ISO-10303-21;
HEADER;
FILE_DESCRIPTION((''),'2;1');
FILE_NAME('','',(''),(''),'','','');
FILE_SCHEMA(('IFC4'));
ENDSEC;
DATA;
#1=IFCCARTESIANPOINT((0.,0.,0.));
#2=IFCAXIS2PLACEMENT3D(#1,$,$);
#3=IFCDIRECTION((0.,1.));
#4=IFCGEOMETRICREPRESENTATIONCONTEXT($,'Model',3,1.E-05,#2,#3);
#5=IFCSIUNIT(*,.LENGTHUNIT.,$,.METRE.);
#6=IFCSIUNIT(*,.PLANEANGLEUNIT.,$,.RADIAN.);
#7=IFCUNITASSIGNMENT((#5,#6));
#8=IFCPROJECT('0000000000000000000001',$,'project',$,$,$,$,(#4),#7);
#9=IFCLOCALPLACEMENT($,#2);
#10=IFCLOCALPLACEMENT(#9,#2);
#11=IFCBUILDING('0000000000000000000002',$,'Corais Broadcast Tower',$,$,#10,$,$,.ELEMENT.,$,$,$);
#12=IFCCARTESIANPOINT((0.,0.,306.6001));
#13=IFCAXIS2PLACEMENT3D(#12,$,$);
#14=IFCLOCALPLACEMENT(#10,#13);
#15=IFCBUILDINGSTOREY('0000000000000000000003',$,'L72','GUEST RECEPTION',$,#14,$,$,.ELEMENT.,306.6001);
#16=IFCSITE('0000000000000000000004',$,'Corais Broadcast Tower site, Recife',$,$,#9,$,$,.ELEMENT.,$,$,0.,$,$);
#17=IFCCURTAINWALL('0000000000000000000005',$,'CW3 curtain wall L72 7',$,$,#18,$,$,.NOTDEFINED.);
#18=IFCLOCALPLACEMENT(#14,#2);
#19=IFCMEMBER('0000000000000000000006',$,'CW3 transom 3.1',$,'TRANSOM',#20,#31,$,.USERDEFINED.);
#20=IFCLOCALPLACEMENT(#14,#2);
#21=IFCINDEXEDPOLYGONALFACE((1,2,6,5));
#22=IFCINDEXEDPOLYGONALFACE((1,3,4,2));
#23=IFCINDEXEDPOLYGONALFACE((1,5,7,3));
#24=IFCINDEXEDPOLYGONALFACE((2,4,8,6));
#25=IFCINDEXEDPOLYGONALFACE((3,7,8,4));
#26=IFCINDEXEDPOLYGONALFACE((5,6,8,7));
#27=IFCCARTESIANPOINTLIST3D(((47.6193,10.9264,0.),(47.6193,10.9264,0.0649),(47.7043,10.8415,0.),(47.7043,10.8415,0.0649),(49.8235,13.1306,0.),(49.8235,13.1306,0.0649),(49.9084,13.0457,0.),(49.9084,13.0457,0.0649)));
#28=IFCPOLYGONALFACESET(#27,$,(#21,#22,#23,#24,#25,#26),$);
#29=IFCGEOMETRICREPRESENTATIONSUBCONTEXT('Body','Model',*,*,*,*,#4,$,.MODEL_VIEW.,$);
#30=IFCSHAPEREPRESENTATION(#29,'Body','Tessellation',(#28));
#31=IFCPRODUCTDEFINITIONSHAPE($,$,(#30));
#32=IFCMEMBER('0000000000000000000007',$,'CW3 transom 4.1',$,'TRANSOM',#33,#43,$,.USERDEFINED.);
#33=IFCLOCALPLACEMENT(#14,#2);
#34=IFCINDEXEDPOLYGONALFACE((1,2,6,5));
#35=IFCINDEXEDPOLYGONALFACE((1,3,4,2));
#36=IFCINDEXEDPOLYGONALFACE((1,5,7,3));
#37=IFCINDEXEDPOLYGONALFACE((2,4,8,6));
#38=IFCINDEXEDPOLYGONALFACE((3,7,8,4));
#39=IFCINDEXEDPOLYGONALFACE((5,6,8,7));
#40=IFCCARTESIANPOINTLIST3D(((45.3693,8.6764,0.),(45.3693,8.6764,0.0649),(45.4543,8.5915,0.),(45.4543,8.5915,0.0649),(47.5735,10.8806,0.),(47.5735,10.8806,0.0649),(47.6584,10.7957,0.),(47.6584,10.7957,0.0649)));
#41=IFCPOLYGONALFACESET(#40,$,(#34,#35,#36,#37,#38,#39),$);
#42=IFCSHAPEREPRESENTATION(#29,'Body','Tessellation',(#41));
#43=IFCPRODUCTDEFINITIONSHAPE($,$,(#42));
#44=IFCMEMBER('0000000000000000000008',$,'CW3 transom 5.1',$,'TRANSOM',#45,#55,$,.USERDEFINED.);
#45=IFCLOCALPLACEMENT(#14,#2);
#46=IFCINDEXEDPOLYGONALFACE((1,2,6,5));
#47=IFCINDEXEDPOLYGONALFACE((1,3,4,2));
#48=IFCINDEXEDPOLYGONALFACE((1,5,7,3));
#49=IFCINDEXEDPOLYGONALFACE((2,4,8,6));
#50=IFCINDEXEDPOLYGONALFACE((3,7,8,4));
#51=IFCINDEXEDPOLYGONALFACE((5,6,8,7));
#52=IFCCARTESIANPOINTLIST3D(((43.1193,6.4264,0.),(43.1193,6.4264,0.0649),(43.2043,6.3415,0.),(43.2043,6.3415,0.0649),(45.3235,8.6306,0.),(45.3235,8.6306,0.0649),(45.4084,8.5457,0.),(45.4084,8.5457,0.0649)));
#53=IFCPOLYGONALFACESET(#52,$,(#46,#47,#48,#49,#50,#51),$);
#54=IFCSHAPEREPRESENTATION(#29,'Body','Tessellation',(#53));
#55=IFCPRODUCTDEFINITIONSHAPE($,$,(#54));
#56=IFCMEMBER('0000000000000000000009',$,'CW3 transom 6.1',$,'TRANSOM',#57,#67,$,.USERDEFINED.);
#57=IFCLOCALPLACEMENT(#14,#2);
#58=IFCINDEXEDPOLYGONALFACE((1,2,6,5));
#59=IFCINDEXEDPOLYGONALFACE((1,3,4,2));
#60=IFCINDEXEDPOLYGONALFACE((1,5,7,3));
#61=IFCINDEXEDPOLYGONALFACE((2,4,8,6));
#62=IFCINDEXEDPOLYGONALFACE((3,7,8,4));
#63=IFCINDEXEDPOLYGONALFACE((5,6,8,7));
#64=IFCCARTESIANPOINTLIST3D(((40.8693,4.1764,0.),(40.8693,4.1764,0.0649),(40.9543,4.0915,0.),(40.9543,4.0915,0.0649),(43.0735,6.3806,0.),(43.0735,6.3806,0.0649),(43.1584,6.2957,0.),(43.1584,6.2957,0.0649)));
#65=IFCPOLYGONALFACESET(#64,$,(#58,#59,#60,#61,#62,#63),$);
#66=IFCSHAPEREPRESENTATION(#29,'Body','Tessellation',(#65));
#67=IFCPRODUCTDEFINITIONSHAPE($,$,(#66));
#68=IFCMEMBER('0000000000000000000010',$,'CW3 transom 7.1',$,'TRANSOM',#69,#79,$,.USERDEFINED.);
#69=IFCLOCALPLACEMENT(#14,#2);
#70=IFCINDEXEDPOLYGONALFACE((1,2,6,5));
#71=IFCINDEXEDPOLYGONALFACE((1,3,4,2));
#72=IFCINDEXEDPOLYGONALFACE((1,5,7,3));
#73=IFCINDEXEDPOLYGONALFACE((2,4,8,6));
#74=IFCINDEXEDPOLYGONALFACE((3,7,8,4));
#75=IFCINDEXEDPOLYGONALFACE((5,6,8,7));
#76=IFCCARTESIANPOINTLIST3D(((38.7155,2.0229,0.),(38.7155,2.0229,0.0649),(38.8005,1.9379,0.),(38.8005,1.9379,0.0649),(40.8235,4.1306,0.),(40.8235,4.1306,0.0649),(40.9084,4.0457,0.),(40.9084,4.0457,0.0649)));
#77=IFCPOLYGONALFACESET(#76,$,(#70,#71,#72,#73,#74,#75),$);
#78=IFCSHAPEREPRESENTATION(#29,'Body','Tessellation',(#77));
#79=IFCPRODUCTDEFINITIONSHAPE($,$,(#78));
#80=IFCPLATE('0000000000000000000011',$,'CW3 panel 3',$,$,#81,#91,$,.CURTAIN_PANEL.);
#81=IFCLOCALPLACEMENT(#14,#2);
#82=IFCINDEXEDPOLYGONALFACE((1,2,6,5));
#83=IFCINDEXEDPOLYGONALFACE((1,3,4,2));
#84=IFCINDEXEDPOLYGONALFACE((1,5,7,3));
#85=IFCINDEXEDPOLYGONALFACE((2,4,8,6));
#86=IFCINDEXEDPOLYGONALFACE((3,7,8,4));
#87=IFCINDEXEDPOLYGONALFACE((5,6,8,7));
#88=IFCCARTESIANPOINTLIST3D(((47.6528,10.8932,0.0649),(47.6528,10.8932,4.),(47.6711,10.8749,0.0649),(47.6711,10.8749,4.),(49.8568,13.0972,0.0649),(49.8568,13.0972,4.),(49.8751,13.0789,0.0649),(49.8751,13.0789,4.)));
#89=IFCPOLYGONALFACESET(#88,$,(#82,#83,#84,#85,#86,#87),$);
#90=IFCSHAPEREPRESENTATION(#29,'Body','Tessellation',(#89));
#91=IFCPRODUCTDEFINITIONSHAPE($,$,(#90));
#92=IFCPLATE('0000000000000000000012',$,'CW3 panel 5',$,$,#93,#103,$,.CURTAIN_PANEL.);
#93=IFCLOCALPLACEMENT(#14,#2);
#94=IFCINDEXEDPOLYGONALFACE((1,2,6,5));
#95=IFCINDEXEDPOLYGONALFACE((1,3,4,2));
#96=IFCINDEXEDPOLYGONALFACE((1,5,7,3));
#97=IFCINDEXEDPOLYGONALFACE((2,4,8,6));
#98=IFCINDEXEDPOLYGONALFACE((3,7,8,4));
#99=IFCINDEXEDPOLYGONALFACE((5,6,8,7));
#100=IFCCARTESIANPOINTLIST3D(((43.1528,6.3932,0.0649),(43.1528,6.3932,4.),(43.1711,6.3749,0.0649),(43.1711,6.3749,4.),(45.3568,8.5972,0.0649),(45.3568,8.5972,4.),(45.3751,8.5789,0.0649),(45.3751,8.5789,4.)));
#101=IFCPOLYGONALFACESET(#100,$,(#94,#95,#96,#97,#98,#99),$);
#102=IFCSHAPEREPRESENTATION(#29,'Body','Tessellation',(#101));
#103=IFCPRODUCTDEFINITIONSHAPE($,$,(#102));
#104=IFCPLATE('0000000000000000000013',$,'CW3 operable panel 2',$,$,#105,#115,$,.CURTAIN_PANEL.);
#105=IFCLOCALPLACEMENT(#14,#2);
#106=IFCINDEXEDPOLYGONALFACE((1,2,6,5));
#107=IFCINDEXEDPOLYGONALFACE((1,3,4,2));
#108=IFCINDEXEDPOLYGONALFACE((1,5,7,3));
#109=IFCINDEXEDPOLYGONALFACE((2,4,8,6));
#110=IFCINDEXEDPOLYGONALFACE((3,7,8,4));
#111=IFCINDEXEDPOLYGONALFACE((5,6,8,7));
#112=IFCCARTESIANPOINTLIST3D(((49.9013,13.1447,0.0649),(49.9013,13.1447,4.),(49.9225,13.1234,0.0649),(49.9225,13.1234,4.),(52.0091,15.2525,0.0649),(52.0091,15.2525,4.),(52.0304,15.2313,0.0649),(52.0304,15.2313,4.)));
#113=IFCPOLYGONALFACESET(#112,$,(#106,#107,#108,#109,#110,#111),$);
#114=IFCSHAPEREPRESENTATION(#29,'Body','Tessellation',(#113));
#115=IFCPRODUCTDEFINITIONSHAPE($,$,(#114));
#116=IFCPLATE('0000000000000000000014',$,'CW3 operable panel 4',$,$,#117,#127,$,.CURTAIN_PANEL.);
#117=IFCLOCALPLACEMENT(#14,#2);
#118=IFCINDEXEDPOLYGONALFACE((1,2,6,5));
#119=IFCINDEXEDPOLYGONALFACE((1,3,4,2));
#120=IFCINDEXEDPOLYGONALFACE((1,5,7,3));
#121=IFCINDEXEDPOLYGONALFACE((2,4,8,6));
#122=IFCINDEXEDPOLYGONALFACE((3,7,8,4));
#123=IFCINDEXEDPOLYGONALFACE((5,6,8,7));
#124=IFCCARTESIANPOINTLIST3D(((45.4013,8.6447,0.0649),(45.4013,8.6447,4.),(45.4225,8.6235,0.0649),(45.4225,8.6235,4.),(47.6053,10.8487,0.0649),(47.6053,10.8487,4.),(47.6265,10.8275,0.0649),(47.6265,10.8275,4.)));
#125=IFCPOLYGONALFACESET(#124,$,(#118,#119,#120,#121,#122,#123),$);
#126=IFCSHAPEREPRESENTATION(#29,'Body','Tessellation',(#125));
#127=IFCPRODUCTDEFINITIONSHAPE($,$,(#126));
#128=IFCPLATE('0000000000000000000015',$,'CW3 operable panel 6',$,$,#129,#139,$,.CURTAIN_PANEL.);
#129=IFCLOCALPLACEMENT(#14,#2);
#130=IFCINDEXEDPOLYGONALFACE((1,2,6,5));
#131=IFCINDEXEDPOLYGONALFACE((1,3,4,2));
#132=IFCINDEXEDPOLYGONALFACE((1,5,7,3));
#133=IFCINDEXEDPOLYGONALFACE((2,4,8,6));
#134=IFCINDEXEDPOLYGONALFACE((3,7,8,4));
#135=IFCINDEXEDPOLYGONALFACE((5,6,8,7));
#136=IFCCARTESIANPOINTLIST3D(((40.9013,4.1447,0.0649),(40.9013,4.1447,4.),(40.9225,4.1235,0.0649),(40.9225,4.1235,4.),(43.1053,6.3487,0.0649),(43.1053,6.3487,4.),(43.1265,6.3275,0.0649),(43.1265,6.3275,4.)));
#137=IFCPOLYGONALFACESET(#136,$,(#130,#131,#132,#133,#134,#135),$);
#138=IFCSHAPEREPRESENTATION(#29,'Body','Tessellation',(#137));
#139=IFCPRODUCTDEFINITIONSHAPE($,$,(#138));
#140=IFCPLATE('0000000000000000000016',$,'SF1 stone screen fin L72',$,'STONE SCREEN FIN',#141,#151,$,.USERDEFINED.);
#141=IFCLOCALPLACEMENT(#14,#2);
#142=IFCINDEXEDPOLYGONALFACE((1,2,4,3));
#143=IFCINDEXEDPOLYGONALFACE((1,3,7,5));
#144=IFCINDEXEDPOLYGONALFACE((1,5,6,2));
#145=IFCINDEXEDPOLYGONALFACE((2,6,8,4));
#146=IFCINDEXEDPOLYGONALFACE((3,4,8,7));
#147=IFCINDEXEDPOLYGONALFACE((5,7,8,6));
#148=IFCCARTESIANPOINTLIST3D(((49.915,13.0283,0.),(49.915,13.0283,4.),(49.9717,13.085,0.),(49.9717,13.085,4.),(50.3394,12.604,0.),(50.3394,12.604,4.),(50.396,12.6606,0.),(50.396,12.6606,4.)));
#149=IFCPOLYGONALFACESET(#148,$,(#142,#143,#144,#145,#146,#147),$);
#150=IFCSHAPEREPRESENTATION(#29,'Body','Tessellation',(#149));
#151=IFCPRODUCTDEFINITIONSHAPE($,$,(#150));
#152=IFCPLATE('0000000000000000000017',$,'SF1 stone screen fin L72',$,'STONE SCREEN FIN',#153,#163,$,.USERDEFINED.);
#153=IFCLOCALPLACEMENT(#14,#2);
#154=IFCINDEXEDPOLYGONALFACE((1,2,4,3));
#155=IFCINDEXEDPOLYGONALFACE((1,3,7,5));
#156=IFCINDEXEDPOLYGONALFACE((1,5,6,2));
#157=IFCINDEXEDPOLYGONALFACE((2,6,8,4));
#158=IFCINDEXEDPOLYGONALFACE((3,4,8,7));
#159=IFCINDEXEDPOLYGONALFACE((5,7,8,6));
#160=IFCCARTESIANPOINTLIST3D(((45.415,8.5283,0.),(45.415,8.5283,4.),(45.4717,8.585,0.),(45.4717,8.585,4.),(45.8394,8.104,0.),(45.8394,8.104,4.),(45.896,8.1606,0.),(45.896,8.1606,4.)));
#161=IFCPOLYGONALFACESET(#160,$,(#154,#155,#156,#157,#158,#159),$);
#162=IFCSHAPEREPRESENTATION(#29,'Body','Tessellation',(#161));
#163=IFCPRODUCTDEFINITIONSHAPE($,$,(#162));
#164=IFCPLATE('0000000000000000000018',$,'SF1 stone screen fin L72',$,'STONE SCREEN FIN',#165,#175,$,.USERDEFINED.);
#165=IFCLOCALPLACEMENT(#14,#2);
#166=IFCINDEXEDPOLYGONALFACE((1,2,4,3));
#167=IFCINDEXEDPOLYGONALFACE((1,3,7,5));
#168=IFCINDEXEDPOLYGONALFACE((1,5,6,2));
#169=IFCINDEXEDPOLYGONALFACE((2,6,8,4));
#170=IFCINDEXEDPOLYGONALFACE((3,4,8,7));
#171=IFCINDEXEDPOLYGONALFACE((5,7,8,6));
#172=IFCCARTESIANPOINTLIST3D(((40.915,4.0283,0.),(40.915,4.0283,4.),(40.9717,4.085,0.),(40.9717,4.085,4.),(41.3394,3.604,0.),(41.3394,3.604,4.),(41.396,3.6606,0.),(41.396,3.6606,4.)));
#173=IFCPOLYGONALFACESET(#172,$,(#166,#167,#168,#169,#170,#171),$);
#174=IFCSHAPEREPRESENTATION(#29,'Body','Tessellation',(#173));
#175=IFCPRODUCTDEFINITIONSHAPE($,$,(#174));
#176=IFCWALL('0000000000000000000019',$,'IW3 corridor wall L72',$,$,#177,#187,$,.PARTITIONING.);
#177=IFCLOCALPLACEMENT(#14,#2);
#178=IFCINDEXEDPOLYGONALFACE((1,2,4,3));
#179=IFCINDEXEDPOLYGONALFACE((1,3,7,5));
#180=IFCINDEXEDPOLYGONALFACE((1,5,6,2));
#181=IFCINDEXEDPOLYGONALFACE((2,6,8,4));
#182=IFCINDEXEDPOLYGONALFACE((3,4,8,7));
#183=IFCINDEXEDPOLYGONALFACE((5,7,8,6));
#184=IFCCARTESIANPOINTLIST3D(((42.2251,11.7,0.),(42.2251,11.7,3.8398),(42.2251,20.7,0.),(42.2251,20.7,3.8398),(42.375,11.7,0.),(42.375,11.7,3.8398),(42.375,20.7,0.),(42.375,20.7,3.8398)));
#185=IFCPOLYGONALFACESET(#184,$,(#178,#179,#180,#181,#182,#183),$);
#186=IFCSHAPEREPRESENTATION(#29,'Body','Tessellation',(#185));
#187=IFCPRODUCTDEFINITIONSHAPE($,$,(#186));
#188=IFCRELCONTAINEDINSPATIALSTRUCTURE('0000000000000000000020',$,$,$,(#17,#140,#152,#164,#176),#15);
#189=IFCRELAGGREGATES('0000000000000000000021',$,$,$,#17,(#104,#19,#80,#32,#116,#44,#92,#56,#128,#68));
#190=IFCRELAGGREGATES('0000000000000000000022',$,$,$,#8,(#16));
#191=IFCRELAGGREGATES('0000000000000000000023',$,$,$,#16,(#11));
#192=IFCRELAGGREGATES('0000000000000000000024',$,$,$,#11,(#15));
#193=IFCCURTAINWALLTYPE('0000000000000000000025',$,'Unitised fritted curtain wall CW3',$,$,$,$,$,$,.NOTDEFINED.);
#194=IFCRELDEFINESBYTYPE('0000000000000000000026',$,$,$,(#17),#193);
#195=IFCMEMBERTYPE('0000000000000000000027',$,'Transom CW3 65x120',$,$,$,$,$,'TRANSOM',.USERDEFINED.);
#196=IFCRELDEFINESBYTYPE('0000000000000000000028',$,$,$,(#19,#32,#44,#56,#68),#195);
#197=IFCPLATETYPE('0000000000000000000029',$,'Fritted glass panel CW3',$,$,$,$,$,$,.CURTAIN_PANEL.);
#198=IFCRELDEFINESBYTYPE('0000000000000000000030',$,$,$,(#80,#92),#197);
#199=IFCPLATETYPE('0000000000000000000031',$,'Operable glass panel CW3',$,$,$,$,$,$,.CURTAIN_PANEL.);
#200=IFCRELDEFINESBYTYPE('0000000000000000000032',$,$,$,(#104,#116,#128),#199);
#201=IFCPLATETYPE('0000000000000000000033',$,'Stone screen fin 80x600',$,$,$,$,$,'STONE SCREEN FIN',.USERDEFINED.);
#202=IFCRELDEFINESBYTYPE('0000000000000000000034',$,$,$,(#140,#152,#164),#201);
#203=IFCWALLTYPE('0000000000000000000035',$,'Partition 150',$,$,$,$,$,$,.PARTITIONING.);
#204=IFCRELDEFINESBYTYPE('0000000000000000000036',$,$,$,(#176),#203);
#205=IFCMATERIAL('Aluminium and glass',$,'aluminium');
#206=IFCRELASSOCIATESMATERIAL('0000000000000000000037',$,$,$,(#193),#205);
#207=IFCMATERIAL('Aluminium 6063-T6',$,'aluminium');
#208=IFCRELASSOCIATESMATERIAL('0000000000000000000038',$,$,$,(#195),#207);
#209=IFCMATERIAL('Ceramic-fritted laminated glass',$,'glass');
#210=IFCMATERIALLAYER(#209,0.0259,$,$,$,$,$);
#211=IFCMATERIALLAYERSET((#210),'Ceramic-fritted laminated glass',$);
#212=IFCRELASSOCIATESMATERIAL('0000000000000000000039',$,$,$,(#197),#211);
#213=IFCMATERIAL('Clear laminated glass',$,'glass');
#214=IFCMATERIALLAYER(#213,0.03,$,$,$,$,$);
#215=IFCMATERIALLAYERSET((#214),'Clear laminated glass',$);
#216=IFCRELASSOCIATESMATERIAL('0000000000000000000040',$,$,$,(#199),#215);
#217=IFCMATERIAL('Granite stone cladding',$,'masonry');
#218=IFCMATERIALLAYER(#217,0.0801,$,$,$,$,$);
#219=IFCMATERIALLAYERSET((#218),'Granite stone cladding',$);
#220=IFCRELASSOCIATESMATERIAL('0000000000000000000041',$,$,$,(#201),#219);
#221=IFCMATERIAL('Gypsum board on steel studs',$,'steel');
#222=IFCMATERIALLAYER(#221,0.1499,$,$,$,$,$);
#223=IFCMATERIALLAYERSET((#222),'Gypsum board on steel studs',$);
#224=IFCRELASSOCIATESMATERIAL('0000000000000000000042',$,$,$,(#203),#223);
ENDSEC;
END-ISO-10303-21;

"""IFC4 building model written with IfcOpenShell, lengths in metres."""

from ifc_helpers import new_model, si_unit, direction, frame, frame_2d, origin, origin_2d, place, context, subcontext, project, spatial, rectangle, extrude, material, layer, layer_set, material_profile, profile_set, type_object, element, aggregate, save


model = new_model("IFC4")

# Units and contexts
model_context = context("Model", 3, precision=1e-05, world=origin(), true_north=direction((0.0, 1.0)))
body_context = subcontext(model_context, "Body", "Model", "MODEL_VIEW")
ifc_project = project(units=[si_unit("LENGTHUNIT", "METRE"), si_unit("PLANEANGLEUNIT", "RADIAN")], contexts=[model_context])

# Site, building, storey
site_placement = place(None, origin())
site = spatial("IfcSite", under=ifc_project, at=site_placement, Name="Corais Broadcast Tower site, Recife", CompositionType="ELEMENT", RefElevation=0.0)
building_placement = place(site_placement, origin())
building = spatial("IfcBuilding", under=site, at=building_placement, Name="Corais Broadcast Tower", CompositionType="ELEMENT")
storey_placement = place(building_placement, frame((0.0, 0.0, 306.6001)))
storey = spatial("IfcBuildingStorey", under=building, at=storey_placement, Name="L72", Description="GUEST RECEPTION", CompositionType="ELEMENT", Elevation=306.6001)

# Curtain wall
ifc_material_1 = material(Name="Aluminium and glass", Category="aluminium")
curtain_wall_type = type_object("IfcCurtainWallType", Name="Unitised fritted curtain wall CW3", PredefinedType="NOTDEFINED", material=ifc_material_1)
curtain_wall_placement = place(storey_placement, origin())
curtain_wall = element("IfcCurtainWall", 1, at=curtain_wall_placement, inside=storey, type_object=curtain_wall_type, Name="CW3 curtain wall L72 7", PredefinedType="NOTDEFINED")

# Members
ifc_material_2 = material(Name="Aluminium 6063-T6", Category="aluminium")
ifc_material_profile_1 = material_profile(ifc_material_2, rectangle(XDim=0.1201, YDim=0.0649, at=origin_2d()), Name="Transom CW3 65x120")
ifc_profile_set_1 = profile_set([ifc_material_profile_1], Name="Aluminium 6063-T6")
member_type_1 = type_object("IfcMemberType", Name="Transom CW3 65x120", ElementType="TRANSOM", PredefinedType="USERDEFINED", material=ifc_profile_set_1)
member_1_placement = place(storey_placement, frame((49.866, 13.0881, 0.0325), z_axis=(-0.707107, -0.707107, 0.0), x_axis=(0.707107, -0.707107, 0.0)))
member_1 = element("IfcMember", 2, at=member_1_placement, type_object=member_type_1, Name="CW3 transom 3.1", ObjectType="TRANSOM", PredefinedType="USERDEFINED", context=body_context, shape_type="SweptSolid", body=[
    extrude(rectangle(XDim=0.1201, YDim=0.0649, at=origin_2d()), origin(), (0.0, 0.0, 1.0), 3.1172),
])
member_2_placement = place(storey_placement, frame((47.616, 10.8381, 0.0325), z_axis=(-0.707107, -0.707107, 0.0), x_axis=(0.707107, -0.707107, 0.0)))
member_2 = element("IfcMember", 3, at=member_2_placement, type_object=member_type_1, Name="CW3 transom 4.1", ObjectType="TRANSOM", PredefinedType="USERDEFINED", context=body_context, shape_type="SweptSolid", body=[
    extrude(rectangle(XDim=0.1201, YDim=0.0649, at=origin_2d()), origin(), (0.0, 0.0, 1.0), 3.1172),
])
member_3_placement = place(storey_placement, frame((45.366, 8.5881, 0.0325), z_axis=(-0.707107, -0.707107, 0.0), x_axis=(0.707107, -0.707107, 0.0)))
member_3 = element("IfcMember", 4, at=member_3_placement, type_object=member_type_1, Name="CW3 transom 5.1", ObjectType="TRANSOM", PredefinedType="USERDEFINED", context=body_context, shape_type="SweptSolid", body=[
    extrude(rectangle(XDim=0.1201, YDim=0.0649, at=origin_2d()), origin(), (0.0, 0.0, 1.0), 3.1172),
])
member_4_placement = place(storey_placement, frame((43.116, 6.3381, 0.0325), z_axis=(-0.707107, -0.707107, 0.0), x_axis=(0.707107, -0.707107, 0.0)))
member_4 = element("IfcMember", 5, at=member_4_placement, type_object=member_type_1, Name="CW3 transom 6.1", ObjectType="TRANSOM", PredefinedType="USERDEFINED", context=body_context, shape_type="SweptSolid", body=[
    extrude(rectangle(XDim=0.1201, YDim=0.0649, at=origin_2d()), origin(), (0.0, 0.0, 1.0), 3.1172),
])
member_5_placement = place(storey_placement, frame((40.866, 4.0881, 0.0325), z_axis=(-0.707148, -0.707066, 0.0), x_axis=(0.707066, -0.707148, 0.0)))
member_5 = element("IfcMember", 6, at=member_5_placement, type_object=member_type_1, Name="CW3 transom 7.1", ObjectType="TRANSOM", PredefinedType="USERDEFINED", context=body_context, shape_type="SweptSolid", body=[
    extrude(rectangle(XDim=0.1201, YDim=0.0649, at=origin_2d()), origin(), (0.0, 0.0, 1.0), 2.981),
])

# Plates
ifc_material_3 = material(Name="Ceramic-fritted laminated glass", Category="glass")
ifc_layer_1 = layer(ifc_material_3, 0.0259)
ifc_layer_set_1 = layer_set([ifc_layer_1], Name="Ceramic-fritted laminated glass")
plate_type_1 = type_object("IfcPlateType", Name="Fritted glass panel CW3", PredefinedType="CURTAIN_PANEL", material=ifc_layer_set_1)
plate_1_placement = place(storey_placement, frame((48.7639, 11.9861, 0.0649), z_axis=(0.0, 0.0, 1.0), x_axis=(-0.707107, -0.707107, 0.0)))
plate_1 = element("IfcPlate", 7, at=plate_1_placement, type_object=plate_type_1, Name="CW3 panel 3", PredefinedType="CURTAIN_PANEL", context=body_context, shape_type="SweptSolid", body=[
    extrude(rectangle(XDim=3.1169, YDim=0.0259, at=origin_2d()), origin(), (0.0, 0.0, 1.0), 3.9351),
])
plate_2_placement = place(storey_placement, frame((44.2639, 7.4861, 0.0649), z_axis=(0.0, 0.0, 1.0), x_axis=(-0.707107, -0.707107, 0.0)))
plate_2 = element("IfcPlate", 8, at=plate_2_placement, type_object=plate_type_1, Name="CW3 panel 5", PredefinedType="CURTAIN_PANEL", context=body_context, shape_type="SweptSolid", body=[
    extrude(rectangle(XDim=3.1169, YDim=0.0259, at=origin_2d()), origin(), (0.0, 0.0, 1.0), 3.9351),
])
ifc_material_4 = material(Name="Clear laminated glass", Category="glass")
ifc_layer_2 = layer(ifc_material_4, 0.03)
ifc_layer_set_2 = layer_set([ifc_layer_2], Name="Clear laminated glass")
plate_type_2 = type_object("IfcPlateType", Name="Operable glass panel CW3", PredefinedType="CURTAIN_PANEL", material=ifc_layer_set_2)
plate_3_placement = place(storey_placement, frame((50.9658, 14.188, 0.0649), z_axis=(0.0, 0.0, 1.0), x_axis=(-0.707107, -0.707107, 0.0)))
plate_3 = element("IfcPlate", 9, at=plate_3_placement, type_object=plate_type_2, Name="CW3 operable panel 2", PredefinedType="CURTAIN_PANEL", context=body_context, shape_type="SweptSolid", body=[
    extrude(rectangle(XDim=2.981, YDim=0.03, at=origin_2d()), origin(), (0.0, 0.0, 1.0), 3.9351),
])
plate_4_placement = place(storey_placement, frame((46.5139, 9.7361, 0.0649), z_axis=(0.0, 0.0, 1.0), x_axis=(-0.707107, -0.707107, 0.0)))
plate_4 = element("IfcPlate", 10, at=plate_4_placement, type_object=plate_type_2, Name="CW3 operable panel 4", PredefinedType="CURTAIN_PANEL", context=body_context, shape_type="SweptSolid", body=[
    extrude(rectangle(XDim=3.1169, YDim=0.03, at=origin_2d()), origin(), (0.0, 0.0, 1.0), 3.9351),
])
plate_5_placement = place(storey_placement, frame((42.0139, 5.2361, 0.0649), z_axis=(0.0, 0.0, 1.0), x_axis=(-0.707107, -0.707107, 0.0)))
plate_5 = element("IfcPlate", 11, at=plate_5_placement, type_object=plate_type_2, Name="CW3 operable panel 6", PredefinedType="CURTAIN_PANEL", context=body_context, shape_type="SweptSolid", body=[
    extrude(rectangle(XDim=3.1169, YDim=0.03, at=origin_2d()), origin(), (0.0, 0.0, 1.0), 3.9351),
])
aggregate(curtain_wall, [plate_3, member_1, plate_1, member_2, plate_4, member_3, plate_2, member_4, plate_5, member_5])

# Plates
ifc_material_5 = material(Name="Granite stone cladding", Category="masonry")
ifc_layer_3 = layer(ifc_material_5, 0.0801)
ifc_layer_set_3 = layer_set([ifc_layer_3], Name="Granite stone cladding")
plate_type_3 = type_object("IfcPlateType", Name="Stone screen fin 80x600", ElementType="STONE SCREEN FIN", PredefinedType="USERDEFINED", material=ifc_layer_set_3)
for number, where, z_axis, x_axis, name in (
    (12, (50.1555, 12.8445, 0.0), (0.0, 0.0, 1.0), (-0.707107, -0.707107, 0.0), "SF1 stone screen fin L72"),
    (13, (45.6555, 8.3445, 0.0), (0.0, 0.0, 1.0), (-0.707107, -0.707107, 0.0), "SF1 stone screen fin L72"),
    (14, (41.1555, 3.8445, 0.0), (0.0, 0.0, 1.0), (-0.707107, -0.707107, 0.0), "SF1 stone screen fin L72"),
):
    element("IfcPlate", number, at=place(storey_placement, frame(where, z_axis=z_axis, x_axis=x_axis)), inside=storey, type_object=plate_type_3, Name=name, ObjectType="STONE SCREEN FIN", PredefinedType="USERDEFINED", context=body_context, shape_type="SweptSolid", body=[
        extrude(rectangle(XDim=0.0801, YDim=0.6001, at=origin_2d()), origin(), (0.0, 0.0, 1.0), 4.0),
    ])

# Wall
ifc_material_6 = material(Name="Gypsum board on steel studs", Category="steel")
ifc_layer_4 = layer(ifc_material_6, 0.1499)
ifc_layer_set_4 = layer_set([ifc_layer_4], Name="Gypsum board on steel studs")
wall_type = type_object("IfcWallType", Name="Partition 150", PredefinedType="PARTITIONING", material=ifc_layer_set_4)
wall_placement = place(storey_placement, frame((42.3, 11.7, 0.0), z_axis=(0.0, 0.0, 1.0), x_axis=(0.0, 1.0, 0.0)))
element("IfcWall", 15, at=wall_placement, inside=storey, type_object=wall_type, Name="IW3 corridor wall L72", PredefinedType="PARTITIONING", context=body_context, shape_type="SweptSolid", body=[
    extrude(rectangle(XDim=9.0, YDim=0.1499, at=frame_2d((4.5, 0.0))), origin(), (0.0, 0.0, 1.0), 3.8398),
])

save(model, "model.ifc")
